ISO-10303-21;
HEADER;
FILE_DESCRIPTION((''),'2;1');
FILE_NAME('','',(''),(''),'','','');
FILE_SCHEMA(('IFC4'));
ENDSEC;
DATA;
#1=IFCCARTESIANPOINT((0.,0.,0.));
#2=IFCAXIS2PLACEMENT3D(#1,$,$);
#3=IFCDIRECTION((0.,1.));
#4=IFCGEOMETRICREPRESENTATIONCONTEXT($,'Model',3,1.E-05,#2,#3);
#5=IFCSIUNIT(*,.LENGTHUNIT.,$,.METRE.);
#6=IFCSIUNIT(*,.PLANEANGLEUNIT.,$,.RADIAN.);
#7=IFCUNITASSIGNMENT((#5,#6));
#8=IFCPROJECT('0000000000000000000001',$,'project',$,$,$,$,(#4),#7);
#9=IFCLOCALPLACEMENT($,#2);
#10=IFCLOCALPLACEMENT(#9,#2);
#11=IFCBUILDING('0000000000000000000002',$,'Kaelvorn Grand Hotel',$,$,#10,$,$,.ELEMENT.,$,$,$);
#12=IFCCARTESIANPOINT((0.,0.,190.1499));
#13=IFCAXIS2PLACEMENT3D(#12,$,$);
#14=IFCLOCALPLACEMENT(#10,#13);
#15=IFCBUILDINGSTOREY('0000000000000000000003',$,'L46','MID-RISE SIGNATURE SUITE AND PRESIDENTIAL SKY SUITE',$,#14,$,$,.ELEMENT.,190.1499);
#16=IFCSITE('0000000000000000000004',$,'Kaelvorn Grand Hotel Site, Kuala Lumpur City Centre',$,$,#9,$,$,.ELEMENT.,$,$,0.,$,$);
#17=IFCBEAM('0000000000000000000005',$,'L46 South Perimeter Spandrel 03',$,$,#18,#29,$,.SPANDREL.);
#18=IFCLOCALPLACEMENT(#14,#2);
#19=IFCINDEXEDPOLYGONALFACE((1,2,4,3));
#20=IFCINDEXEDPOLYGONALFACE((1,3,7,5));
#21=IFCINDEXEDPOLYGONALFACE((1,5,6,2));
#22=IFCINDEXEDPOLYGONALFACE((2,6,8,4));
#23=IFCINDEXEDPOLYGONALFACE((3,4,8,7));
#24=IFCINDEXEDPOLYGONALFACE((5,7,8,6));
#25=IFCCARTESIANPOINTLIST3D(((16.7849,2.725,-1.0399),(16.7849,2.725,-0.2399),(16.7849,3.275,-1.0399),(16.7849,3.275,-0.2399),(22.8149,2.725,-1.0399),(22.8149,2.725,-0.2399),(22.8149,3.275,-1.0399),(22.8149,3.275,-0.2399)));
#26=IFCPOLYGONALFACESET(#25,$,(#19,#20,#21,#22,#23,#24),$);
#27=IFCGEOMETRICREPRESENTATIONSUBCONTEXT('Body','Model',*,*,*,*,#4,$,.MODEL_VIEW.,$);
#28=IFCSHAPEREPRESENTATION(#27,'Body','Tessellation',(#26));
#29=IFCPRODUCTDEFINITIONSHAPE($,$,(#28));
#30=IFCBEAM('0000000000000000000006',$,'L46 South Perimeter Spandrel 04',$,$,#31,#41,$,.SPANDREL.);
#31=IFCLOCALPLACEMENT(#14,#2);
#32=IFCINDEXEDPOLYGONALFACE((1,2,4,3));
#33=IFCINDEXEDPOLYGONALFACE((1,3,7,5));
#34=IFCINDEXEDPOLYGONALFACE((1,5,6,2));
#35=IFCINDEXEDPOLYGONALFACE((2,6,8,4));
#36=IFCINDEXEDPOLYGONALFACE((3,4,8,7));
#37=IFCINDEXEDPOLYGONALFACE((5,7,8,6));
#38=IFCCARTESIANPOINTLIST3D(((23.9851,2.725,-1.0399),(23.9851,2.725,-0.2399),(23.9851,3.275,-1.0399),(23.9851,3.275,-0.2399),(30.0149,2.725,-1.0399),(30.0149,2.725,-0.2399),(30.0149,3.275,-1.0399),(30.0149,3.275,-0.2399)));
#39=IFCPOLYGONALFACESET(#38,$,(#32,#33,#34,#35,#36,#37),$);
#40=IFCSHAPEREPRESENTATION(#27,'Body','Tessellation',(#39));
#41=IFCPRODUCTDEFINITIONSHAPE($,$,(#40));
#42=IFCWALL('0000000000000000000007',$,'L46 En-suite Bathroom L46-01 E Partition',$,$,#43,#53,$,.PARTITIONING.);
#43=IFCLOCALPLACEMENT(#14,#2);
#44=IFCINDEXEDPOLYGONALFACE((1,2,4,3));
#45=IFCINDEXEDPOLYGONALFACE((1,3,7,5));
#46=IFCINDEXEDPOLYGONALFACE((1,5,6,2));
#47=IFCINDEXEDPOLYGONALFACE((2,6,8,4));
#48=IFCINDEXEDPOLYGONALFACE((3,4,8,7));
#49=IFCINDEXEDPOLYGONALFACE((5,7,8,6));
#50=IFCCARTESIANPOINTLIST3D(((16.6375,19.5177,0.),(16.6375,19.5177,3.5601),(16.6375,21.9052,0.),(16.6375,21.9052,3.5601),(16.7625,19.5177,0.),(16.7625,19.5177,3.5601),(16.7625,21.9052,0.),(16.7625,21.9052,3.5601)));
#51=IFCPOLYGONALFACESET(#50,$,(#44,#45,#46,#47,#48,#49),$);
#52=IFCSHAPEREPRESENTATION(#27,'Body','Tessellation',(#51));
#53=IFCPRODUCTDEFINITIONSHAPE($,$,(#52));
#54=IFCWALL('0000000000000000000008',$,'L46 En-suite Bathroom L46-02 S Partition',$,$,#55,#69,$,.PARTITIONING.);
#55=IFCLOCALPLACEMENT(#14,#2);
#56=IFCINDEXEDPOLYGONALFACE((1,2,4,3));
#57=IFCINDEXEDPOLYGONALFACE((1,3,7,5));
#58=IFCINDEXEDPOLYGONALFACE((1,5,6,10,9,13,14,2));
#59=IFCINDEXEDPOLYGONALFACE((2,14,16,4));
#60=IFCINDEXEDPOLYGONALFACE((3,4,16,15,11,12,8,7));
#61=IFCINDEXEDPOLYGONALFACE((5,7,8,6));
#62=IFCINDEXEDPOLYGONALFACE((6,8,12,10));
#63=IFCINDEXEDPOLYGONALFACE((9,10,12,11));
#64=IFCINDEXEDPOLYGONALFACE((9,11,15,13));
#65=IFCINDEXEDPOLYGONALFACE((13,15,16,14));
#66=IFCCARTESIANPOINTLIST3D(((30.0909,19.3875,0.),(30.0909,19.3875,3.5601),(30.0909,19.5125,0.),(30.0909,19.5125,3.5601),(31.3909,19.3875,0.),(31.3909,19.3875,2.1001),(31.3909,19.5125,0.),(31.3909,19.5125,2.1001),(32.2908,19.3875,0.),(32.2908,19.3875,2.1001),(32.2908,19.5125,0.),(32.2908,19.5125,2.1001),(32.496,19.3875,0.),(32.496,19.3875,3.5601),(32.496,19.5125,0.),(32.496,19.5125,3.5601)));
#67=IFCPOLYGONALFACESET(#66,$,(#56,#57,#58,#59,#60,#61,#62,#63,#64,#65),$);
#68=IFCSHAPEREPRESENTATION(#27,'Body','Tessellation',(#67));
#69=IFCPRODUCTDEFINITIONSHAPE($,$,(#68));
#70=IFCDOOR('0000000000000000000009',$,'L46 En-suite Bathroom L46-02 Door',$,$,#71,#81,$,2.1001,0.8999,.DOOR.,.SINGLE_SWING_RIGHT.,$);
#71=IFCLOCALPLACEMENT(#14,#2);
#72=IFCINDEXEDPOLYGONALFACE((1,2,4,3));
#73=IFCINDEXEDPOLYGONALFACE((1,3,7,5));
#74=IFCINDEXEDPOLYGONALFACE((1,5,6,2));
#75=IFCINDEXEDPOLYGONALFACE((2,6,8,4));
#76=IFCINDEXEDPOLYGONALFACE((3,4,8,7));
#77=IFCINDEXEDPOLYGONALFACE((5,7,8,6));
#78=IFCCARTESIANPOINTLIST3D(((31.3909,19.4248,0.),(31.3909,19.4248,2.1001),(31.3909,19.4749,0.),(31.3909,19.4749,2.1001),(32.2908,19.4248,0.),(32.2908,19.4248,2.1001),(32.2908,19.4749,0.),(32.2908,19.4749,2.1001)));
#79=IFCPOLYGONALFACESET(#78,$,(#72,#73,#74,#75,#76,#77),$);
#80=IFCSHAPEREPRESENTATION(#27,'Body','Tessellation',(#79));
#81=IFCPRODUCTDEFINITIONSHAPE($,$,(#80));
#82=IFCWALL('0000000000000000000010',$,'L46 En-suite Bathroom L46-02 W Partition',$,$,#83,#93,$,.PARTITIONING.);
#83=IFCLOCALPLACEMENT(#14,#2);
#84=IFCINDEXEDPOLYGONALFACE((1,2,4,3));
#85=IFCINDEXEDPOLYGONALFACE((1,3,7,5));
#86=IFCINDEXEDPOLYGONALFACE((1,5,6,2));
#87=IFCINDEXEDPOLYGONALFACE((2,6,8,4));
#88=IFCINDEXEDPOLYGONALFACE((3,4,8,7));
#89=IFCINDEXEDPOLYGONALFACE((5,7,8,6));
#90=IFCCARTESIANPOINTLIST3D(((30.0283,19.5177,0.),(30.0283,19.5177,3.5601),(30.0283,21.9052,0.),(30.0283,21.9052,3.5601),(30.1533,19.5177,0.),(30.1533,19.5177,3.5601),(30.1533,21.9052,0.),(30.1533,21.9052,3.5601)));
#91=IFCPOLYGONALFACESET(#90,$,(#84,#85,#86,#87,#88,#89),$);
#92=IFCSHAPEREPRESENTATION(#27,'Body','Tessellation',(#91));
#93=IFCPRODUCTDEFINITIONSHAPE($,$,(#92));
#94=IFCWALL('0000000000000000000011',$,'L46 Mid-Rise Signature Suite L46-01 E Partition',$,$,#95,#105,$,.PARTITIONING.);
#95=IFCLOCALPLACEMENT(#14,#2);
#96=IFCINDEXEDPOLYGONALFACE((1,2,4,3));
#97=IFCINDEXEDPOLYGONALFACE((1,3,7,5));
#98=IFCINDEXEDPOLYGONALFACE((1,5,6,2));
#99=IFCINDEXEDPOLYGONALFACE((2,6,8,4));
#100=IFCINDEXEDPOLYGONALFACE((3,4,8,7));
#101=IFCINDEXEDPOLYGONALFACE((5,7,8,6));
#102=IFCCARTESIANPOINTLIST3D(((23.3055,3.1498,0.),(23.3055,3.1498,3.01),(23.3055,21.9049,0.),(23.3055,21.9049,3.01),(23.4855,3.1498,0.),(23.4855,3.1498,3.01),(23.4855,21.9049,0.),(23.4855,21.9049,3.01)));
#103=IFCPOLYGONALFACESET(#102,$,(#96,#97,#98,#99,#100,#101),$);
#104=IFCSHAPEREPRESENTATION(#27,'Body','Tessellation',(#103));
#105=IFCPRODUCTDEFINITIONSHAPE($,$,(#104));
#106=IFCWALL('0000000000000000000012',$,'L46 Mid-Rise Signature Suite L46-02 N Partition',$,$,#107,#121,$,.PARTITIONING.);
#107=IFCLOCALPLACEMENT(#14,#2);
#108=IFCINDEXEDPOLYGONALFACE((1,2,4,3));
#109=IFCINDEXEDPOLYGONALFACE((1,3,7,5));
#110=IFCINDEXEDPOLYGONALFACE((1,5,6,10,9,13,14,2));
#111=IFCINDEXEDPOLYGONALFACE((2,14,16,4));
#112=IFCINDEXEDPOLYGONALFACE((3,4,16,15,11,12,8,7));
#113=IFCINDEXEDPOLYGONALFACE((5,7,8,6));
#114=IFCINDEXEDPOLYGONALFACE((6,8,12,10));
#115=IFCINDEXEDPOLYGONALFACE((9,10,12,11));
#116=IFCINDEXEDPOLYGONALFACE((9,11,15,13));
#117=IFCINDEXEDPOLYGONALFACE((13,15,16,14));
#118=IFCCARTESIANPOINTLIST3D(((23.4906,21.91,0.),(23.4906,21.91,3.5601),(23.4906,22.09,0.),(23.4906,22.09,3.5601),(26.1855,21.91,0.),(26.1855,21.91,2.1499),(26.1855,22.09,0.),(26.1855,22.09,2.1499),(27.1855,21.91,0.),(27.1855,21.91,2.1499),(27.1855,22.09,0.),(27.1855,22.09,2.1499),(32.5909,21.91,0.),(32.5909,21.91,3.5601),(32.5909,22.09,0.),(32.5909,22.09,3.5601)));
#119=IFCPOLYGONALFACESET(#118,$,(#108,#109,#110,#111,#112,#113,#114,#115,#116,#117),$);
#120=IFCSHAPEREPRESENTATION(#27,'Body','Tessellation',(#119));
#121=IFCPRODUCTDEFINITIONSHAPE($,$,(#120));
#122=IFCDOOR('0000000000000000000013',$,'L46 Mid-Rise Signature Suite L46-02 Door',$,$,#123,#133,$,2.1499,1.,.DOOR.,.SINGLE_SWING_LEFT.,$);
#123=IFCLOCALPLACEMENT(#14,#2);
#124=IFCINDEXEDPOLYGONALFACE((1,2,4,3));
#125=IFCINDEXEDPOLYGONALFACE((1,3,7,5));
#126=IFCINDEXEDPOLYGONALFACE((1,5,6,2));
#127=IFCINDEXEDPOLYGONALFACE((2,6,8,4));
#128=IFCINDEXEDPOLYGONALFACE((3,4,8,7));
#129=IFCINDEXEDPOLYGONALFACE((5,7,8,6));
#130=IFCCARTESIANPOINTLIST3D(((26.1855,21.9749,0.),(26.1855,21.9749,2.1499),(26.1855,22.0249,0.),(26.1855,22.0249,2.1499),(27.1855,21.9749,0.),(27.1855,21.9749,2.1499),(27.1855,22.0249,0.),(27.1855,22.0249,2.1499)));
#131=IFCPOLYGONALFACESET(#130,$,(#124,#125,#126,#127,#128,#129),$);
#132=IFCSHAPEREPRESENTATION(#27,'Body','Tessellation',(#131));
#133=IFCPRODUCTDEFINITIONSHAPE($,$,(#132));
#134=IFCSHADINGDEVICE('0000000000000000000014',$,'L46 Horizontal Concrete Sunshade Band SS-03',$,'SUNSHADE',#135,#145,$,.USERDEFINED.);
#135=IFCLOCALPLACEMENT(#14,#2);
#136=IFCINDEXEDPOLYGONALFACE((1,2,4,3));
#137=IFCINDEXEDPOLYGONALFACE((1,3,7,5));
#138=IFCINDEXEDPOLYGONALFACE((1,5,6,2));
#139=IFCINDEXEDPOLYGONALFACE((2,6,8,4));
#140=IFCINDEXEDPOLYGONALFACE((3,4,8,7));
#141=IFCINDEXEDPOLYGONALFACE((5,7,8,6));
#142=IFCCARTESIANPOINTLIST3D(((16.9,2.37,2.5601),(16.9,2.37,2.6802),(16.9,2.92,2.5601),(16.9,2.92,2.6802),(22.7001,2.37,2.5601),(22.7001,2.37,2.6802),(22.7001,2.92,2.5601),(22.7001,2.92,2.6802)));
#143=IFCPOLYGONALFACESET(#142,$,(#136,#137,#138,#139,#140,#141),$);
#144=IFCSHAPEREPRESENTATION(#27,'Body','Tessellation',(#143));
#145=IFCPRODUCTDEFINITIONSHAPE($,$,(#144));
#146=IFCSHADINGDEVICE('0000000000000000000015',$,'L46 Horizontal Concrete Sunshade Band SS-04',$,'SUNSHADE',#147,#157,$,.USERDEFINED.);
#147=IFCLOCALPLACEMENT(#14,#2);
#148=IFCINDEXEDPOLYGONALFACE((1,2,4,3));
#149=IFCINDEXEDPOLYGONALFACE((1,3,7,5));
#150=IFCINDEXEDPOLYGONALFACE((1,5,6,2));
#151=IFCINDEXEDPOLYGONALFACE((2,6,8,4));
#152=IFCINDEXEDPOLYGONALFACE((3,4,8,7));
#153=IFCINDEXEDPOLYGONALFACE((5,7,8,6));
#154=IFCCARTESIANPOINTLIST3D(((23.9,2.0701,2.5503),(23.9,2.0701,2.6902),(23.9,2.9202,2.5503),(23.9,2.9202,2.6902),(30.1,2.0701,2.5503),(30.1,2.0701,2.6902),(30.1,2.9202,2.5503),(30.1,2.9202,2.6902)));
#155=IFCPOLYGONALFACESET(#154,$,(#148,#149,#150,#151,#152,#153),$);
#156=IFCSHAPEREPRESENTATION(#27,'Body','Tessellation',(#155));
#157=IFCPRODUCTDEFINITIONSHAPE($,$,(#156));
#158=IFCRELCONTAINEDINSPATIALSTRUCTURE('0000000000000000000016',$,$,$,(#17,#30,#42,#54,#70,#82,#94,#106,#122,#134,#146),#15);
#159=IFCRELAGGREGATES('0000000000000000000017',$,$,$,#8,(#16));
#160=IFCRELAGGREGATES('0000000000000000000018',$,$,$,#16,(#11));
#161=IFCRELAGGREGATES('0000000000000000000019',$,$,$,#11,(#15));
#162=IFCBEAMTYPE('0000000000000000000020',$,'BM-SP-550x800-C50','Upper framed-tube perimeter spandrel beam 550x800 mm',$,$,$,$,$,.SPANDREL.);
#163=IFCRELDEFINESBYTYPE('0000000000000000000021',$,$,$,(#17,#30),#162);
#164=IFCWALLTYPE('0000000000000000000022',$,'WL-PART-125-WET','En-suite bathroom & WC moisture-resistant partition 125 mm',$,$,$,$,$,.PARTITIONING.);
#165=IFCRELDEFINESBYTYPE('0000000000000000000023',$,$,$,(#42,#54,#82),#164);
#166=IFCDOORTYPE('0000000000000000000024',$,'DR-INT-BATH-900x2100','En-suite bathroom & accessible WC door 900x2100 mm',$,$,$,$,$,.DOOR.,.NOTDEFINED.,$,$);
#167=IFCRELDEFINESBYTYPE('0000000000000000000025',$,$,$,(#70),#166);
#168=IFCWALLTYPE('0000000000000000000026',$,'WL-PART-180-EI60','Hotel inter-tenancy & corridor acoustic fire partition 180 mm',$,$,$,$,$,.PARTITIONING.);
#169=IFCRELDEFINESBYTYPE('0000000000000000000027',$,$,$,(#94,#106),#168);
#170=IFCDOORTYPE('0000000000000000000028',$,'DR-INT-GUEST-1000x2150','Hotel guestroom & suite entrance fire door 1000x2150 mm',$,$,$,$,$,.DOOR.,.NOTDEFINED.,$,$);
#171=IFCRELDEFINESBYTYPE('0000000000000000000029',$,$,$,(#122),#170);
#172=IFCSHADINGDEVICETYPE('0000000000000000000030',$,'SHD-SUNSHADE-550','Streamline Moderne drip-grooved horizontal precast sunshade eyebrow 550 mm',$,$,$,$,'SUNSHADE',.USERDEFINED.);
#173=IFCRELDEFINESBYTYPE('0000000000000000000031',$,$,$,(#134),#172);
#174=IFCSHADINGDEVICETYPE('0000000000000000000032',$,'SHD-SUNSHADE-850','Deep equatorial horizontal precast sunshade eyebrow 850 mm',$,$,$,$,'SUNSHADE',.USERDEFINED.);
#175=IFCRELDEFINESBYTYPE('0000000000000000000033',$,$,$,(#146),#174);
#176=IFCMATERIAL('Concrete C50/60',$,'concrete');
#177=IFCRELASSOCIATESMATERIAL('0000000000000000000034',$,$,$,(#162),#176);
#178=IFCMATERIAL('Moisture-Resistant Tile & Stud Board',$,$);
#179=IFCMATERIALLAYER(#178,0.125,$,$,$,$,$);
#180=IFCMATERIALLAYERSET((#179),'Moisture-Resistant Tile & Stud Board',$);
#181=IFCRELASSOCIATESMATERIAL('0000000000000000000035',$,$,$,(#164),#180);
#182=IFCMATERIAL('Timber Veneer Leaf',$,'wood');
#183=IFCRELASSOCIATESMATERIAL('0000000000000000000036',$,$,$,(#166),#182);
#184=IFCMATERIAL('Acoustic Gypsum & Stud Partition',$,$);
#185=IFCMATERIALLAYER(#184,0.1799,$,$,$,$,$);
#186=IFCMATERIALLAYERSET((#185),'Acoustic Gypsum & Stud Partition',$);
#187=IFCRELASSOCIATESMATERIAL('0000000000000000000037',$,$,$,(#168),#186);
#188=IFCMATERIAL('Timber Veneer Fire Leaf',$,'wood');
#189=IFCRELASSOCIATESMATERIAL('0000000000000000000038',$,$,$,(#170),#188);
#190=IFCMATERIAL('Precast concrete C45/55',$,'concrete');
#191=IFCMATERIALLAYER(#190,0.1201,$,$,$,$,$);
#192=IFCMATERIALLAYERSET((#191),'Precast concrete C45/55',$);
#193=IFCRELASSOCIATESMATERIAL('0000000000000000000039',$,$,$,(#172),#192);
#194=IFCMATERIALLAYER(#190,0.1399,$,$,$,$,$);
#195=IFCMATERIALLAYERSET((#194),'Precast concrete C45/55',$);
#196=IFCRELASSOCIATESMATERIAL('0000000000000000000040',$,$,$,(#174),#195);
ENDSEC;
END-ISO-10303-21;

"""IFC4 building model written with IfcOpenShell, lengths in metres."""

from ifc_helpers import new_model, si_unit, direction, frame, frame_2d, origin, origin_2d, place, context, subcontext, project, spatial, rectangle, extrude, material, layer, layer_set, material_profile, profile_set, type_object, element, fill, save


model = new_model("IFC4")

# Units and contexts
model_context = context("Model", 3, precision=1e-05, world=origin(), true_north=direction((0.0, 1.0)))
body_context = subcontext(model_context, "Body", "Model", "MODEL_VIEW")
ifc_project = project(units=[si_unit("LENGTHUNIT", "METRE"), si_unit("PLANEANGLEUNIT", "RADIAN")], contexts=[model_context])

# Site, building, storey
site_placement = place(None, origin())
site = spatial("IfcSite", under=ifc_project, at=site_placement, Name="Kaelvorn Grand Hotel Site, Kuala Lumpur City Centre", CompositionType="ELEMENT", RefElevation=0.0)
building_placement = place(site_placement, origin())
building = spatial("IfcBuilding", under=site, at=building_placement, Name="Kaelvorn Grand Hotel", CompositionType="ELEMENT")
storey_placement = place(building_placement, frame((0.0, 0.0, 190.1499)))
storey = spatial("IfcBuildingStorey", under=building, at=storey_placement, Name="L46", Description="MID-RISE SIGNATURE SUITE AND PRESIDENTIAL SKY SUITE", CompositionType="ELEMENT", Elevation=190.1499)

# Beams
ifc_material_1 = material(Name="Concrete C50/60", Category="concrete")
ifc_material_profile_1 = material_profile(ifc_material_1, rectangle(XDim=0.55, YDim=0.8, at=origin_2d()), Name="RC SPANDREL 550x800")
ifc_profile_set_1 = profile_set([ifc_material_profile_1], Name="Concrete C50/60")
beam_type_1 = type_object("IfcBeamType", Name="BM-SP-550x800-C50", Description="Upper framed-tube perimeter spandrel beam 550x800 mm", PredefinedType="SPANDREL", material=ifc_profile_set_1)
beam_1_placement = place(storey_placement, frame((16.7849, 3.0, -0.6399), z_axis=(1.0, 0.0, 0.0), x_axis=(0.0, 1.0, 0.0)))
element("IfcBeam", 1, at=beam_1_placement, inside=storey, type_object=beam_type_1, Name="L46 South Perimeter Spandrel 03", PredefinedType="SPANDREL", context=body_context, shape_type="SweptSolid", body=[
    extrude(rectangle(XDim=0.55, YDim=0.8, at=origin_2d()), origin(), (0.0, 0.0, 1.0), 6.03),
])
beam_2_placement = place(storey_placement, frame((23.9851, 3.0, -0.6399), z_axis=(1.0, 0.0, 0.0), x_axis=(0.0, 1.0, 0.0)))
element("IfcBeam", 2, at=beam_2_placement, inside=storey, type_object=beam_type_1, Name="L46 South Perimeter Spandrel 04", PredefinedType="SPANDREL", context=body_context, shape_type="SweptSolid", body=[
    extrude(rectangle(XDim=0.55, YDim=0.8, at=origin_2d()), origin(), (0.0, 0.0, 1.0), 6.0298),
])

# Wall
ifc_material_2 = material(Name="Moisture-Resistant Tile & Stud Board")
ifc_layer_1 = layer(ifc_material_2, 0.125)
ifc_layer_set_1 = layer_set([ifc_layer_1], Name="Moisture-Resistant Tile & Stud Board")
wall_type_1 = type_object("IfcWallType", Name="WL-PART-125-WET", Description="En-suite bathroom & WC moisture-resistant partition 125 mm", PredefinedType="PARTITIONING", material=ifc_layer_set_1)
wall_1_placement = place(storey_placement, frame((16.7, 19.5176, 0.0), z_axis=(0.0, 0.0, 1.0), x_axis=(0.0, 1.0, 0.0)))
element("IfcWall", 3, at=wall_1_placement, inside=storey, type_object=wall_type_1, Name="L46 En-suite Bathroom L46-01 E Partition", PredefinedType="PARTITIONING", context=body_context, shape_type="SweptSolid", body=[
    extrude(rectangle(XDim=2.3875, YDim=0.125, at=frame_2d((1.1938, 0.0))), origin(), (0.0, 0.0, 1.0), 3.5601),
])

# Wall, opening, door
wall_2_placement = place(storey_placement, frame((30.0908, 19.45, 0.0), z_axis=(0.0, 0.0, 1.0), x_axis=(1.0, 0.0, 0.0)))
wall_2 = element("IfcWall", 4, at=wall_2_placement, inside=storey, type_object=wall_type_1, Name="L46 En-suite Bathroom L46-02 S Partition", PredefinedType="PARTITIONING", context=body_context, shape_type="SweptSolid", body=[
    extrude(rectangle(XDim=2.405, YDim=0.125, at=frame_2d((1.2026, 0.0))), origin(), (0.0, 0.0, 1.0), 3.5601),
])
opening_1_placement = place(wall_2_placement, frame((1.3, 0.0, 0.0)))
opening_1 = element("IfcOpeningElement", 5, at=opening_1_placement, cuts=wall_2, PredefinedType="OPENING", context=body_context, shape_type="SweptSolid", body=[
    extrude(rectangle(XDim=0.8999, YDim=2.1001, at=frame_2d((0.45, 1.05))), frame((0.0, 0.0725, 0.0), z_axis=(0.0, -1.0, 0.0), x_axis=(1.0, 0.0, 0.0)), (0.0, 0.0, 1.0), 0.145),
])
ifc_material_3 = material(Name="Timber Veneer Leaf", Category="wood")
door_type_1 = type_object("IfcDoorType", Name="DR-INT-BATH-900x2100", Description="En-suite bathroom & accessible WC door 900x2100 mm", OperationType="NOTDEFINED", PredefinedType="DOOR", material=ifc_material_3)
door_1_placement = place(opening_1_placement, origin())
door_1 = element("IfcDoor", 6, at=door_1_placement, inside=storey, type_object=door_type_1, Name="L46 En-suite Bathroom L46-02 Door", OperationType="SINGLE_SWING_RIGHT", OverallHeight=2.1001, OverallWidth=0.8999, PredefinedType="DOOR", context=body_context, shape_type="SweptSolid", body=[
    extrude(rectangle(XDim=0.8999, YDim=2.1001, at=frame_2d((0.45, 1.05))), frame((0.0, 0.0249, 0.0), z_axis=(0.0, -1.0, 0.0), x_axis=(1.0, 0.0, 0.0)), (0.0, 0.0, 1.0), 0.05),
])
fill(opening_1, door_1)

# Walls
wall_3_placement = place(storey_placement, frame((30.0908, 19.5176, 0.0), z_axis=(0.0, 0.0, 1.0), x_axis=(0.0, 1.0, 0.0)))
element("IfcWall", 7, at=wall_3_placement, inside=storey, type_object=wall_type_1, Name="L46 En-suite Bathroom L46-02 W Partition", PredefinedType="PARTITIONING", context=body_context, shape_type="SweptSolid", body=[
    extrude(rectangle(XDim=2.3875, YDim=0.125, at=frame_2d((1.1938, 0.0))), origin(), (0.0, 0.0, 1.0), 3.5601),
])
ifc_material_4 = material(Name="Acoustic Gypsum & Stud Partition")
ifc_layer_2 = layer(ifc_material_4, 0.1799)
ifc_layer_set_2 = layer_set([ifc_layer_2], Name="Acoustic Gypsum & Stud Partition")
wall_type_2 = type_object("IfcWallType", Name="WL-PART-180-EI60", Description="Hotel inter-tenancy & corridor acoustic fire partition 180 mm", PredefinedType="PARTITIONING", material=ifc_layer_set_2)
wall_4_placement = place(storey_placement, frame((23.3955, 3.1499, 0.0), z_axis=(0.0, 0.0, 1.0), x_axis=(0.0, 1.0, 0.0)))
element("IfcWall", 8, at=wall_4_placement, inside=storey, type_object=wall_type_2, Name="L46 Mid-Rise Signature Suite L46-01 E Partition", PredefinedType="PARTITIONING", context=body_context, shape_type="SweptSolid", body=[
    extrude(rectangle(XDim=18.7551, YDim=0.1799, at=frame_2d((9.3774, 0.0))), origin(), (0.0, 0.0, 1.0), 3.01),
])

# Wall, opening, door
wall_5_placement = place(storey_placement, frame((23.4905, 22.0, 0.0), z_axis=(0.0, 0.0, 1.0), x_axis=(1.0, 0.0, 0.0)))
wall_5 = element("IfcWall", 9, at=wall_5_placement, inside=storey, type_object=wall_type_2, Name="L46 Mid-Rise Signature Suite L46-02 N Partition", PredefinedType="PARTITIONING", context=body_context, shape_type="SweptSolid", body=[
    extrude(rectangle(XDim=9.1003, YDim=0.1799, at=frame_2d((4.5503, 0.0))), origin(), (0.0, 0.0, 1.0), 3.5601),
])
opening_2_placement = place(wall_5_placement, frame((2.6951, 0.0, 0.0)))
opening_2 = element("IfcOpeningElement", 10, at=opening_2_placement, cuts=wall_5, PredefinedType="OPENING", context=body_context, shape_type="SweptSolid", body=[
    extrude(rectangle(XDim=1.0, YDim=2.1499, at=frame_2d((0.5, 1.075))), frame((0.0, 0.1001, 0.0), z_axis=(0.0, -1.0, 0.0), x_axis=(1.0, 0.0, 0.0)), (0.0, 0.0, 1.0), 0.2),
])
ifc_material_5 = material(Name="Timber Veneer Fire Leaf", Category="wood")
door_type_2 = type_object("IfcDoorType", Name="DR-INT-GUEST-1000x2150", Description="Hotel guestroom & suite entrance fire door 1000x2150 mm", OperationType="NOTDEFINED", PredefinedType="DOOR", material=ifc_material_5)
door_2_placement = place(opening_2_placement, origin())
door_2 = element("IfcDoor", 11, at=door_2_placement, inside=storey, type_object=door_type_2, Name="L46 Mid-Rise Signature Suite L46-02 Door", OperationType="SINGLE_SWING_LEFT", OverallHeight=2.1499, OverallWidth=1.0, PredefinedType="DOOR", context=body_context, shape_type="SweptSolid", body=[
    extrude(rectangle(XDim=1.0, YDim=2.1499, at=frame_2d((0.5, 1.075))), frame((0.0, 0.0249, 0.0), z_axis=(0.0, -1.0, 0.0), x_axis=(1.0, 0.0, 0.0)), (0.0, 0.0, 1.0), 0.05),
])
fill(opening_2, door_2)

# Shading devices
ifc_material_6 = material(Name="Precast concrete C45/55", Category="concrete")
ifc_layer_3 = layer(ifc_material_6, 0.1201)
ifc_layer_set_3 = layer_set([ifc_layer_3], Name="Precast concrete C45/55")
shading_device_type_1 = type_object("IfcShadingDeviceType", Name="SHD-SUNSHADE-550", Description="Streamline Moderne drip-grooved horizontal precast sunshade eyebrow 550 mm", ElementType="SUNSHADE", PredefinedType="USERDEFINED", material=ifc_layer_set_3)
shading_device_1_placement = place(storey_placement, frame((19.8, 2.645, 2.5601), z_axis=(0.0, 0.0, 1.0), x_axis=(1.0, 0.0, 0.0)))
element("IfcShadingDevice", 12, at=shading_device_1_placement, inside=storey, type_object=shading_device_type_1, Name="L46 Horizontal Concrete Sunshade Band SS-03", ObjectType="SUNSHADE", PredefinedType="USERDEFINED", context=body_context, shape_type="SweptSolid", body=[
    extrude(rectangle(XDim=5.8, YDim=0.55, at=origin_2d()), origin(), (0.0, 0.0, 1.0), 0.1201),
])
ifc_layer_4 = layer(ifc_material_6, 0.1399)
ifc_layer_set_4 = layer_set([ifc_layer_4], Name="Precast concrete C45/55")
shading_device_type_2 = type_object("IfcShadingDeviceType", Name="SHD-SUNSHADE-850", Description="Deep equatorial horizontal precast sunshade eyebrow 850 mm", ElementType="SUNSHADE", PredefinedType="USERDEFINED", material=ifc_layer_set_4)
shading_device_2_placement = place(storey_placement, frame((27.0, 2.4951, 2.5503), z_axis=(0.0, 0.0, 1.0), x_axis=(1.0, 0.0, 0.0)))
element("IfcShadingDevice", 13, at=shading_device_2_placement, inside=storey, type_object=shading_device_type_2, Name="L46 Horizontal Concrete Sunshade Band SS-04", ObjectType="SUNSHADE", PredefinedType="USERDEFINED", context=body_context, shape_type="SweptSolid", body=[
    extrude(rectangle(XDim=6.2, YDim=0.8501, at=origin_2d()), origin(), (0.0, 0.0, 1.0), 0.1399),
])

save(model, "model.ifc")
